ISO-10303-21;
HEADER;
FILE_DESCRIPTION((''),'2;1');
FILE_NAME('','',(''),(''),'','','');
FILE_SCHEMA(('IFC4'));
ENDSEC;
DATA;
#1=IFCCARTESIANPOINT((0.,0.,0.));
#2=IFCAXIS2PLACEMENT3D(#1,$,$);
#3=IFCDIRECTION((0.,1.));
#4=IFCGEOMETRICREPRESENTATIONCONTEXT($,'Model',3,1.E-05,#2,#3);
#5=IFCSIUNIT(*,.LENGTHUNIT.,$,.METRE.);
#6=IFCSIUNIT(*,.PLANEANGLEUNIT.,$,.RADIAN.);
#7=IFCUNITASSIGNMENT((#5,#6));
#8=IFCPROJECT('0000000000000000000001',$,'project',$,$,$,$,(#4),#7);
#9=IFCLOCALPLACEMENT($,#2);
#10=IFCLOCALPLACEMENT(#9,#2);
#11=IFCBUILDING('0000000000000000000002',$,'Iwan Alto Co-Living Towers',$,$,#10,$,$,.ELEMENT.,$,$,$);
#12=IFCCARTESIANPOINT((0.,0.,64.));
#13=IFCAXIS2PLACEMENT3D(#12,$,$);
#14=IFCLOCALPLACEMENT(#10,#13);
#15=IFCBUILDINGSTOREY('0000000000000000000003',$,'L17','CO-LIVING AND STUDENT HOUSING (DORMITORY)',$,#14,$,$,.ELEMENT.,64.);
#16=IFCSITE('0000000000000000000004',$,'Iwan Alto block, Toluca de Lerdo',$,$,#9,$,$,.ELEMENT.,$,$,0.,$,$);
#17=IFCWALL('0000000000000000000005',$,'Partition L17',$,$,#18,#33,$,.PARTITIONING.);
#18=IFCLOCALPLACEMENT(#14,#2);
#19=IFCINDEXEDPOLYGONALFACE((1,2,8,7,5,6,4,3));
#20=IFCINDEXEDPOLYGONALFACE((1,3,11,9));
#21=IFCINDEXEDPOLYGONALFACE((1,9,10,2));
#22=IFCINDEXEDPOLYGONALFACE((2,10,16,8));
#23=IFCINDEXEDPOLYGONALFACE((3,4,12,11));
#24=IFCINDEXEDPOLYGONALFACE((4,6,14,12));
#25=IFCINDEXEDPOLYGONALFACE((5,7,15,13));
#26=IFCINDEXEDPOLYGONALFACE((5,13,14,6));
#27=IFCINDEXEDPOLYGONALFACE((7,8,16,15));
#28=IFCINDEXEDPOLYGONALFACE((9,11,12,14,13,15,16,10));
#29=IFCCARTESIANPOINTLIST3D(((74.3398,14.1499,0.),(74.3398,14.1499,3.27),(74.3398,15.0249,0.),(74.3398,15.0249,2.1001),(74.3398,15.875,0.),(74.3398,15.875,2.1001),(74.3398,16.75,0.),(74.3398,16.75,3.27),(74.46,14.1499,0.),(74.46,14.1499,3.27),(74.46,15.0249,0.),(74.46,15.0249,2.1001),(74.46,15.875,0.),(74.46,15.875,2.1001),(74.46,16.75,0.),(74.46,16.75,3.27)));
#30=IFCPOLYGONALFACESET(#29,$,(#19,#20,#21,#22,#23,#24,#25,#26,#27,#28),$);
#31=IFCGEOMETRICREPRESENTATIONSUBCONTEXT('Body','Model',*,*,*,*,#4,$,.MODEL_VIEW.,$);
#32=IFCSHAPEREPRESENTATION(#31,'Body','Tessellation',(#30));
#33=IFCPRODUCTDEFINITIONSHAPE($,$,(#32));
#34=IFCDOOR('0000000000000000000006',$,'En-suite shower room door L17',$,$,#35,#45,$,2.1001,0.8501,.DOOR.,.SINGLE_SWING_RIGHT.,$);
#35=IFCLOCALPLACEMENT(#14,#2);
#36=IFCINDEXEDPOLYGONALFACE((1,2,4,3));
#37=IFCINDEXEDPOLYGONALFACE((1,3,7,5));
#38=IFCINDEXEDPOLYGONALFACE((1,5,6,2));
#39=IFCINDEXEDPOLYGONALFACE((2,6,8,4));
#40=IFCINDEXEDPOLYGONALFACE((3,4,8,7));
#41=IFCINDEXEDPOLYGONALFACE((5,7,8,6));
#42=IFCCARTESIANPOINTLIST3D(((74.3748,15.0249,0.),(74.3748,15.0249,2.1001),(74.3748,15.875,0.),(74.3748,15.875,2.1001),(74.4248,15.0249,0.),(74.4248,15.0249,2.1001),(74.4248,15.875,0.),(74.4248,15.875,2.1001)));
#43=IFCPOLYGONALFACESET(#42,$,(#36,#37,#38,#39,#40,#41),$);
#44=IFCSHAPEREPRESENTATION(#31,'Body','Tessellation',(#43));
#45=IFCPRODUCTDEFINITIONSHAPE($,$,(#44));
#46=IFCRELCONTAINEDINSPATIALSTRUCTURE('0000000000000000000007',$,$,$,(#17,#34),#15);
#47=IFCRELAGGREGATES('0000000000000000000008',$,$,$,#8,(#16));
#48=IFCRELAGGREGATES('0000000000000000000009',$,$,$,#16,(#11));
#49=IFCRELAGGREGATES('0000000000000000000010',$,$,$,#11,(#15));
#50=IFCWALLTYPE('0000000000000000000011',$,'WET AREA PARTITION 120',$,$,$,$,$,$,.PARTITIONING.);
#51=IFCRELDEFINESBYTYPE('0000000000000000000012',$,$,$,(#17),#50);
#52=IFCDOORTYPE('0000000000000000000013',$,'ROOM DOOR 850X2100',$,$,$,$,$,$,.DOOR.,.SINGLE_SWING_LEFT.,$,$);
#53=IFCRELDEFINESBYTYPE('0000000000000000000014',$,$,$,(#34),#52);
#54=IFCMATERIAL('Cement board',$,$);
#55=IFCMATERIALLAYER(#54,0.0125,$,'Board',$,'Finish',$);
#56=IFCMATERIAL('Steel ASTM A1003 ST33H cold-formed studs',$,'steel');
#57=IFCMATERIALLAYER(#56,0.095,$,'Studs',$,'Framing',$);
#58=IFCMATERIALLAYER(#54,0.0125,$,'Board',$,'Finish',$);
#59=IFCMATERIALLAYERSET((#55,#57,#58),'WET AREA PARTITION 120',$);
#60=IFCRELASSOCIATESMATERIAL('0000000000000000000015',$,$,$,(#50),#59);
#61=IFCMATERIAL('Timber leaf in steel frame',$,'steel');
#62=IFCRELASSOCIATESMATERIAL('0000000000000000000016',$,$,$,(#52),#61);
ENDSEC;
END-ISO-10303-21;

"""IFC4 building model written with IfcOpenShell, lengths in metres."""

from ifc_helpers import new_model, si_unit, direction, frame, frame_2d, origin, place, context, subcontext, project, spatial, rectangle, extrude, material, layer, layer_set, type_object, element, fill, save


model = new_model("IFC4")

# Units and contexts
model_context = context("Model", 3, precision=1e-05, world=origin(), true_north=direction((0.0, 1.0)))
body_context = subcontext(model_context, "Body", "Model", "MODEL_VIEW")
ifc_project = project(units=[si_unit("LENGTHUNIT", "METRE"), si_unit("PLANEANGLEUNIT", "RADIAN")], contexts=[model_context])

# Site, building, storey
site_placement = place(None, origin())
site = spatial("IfcSite", under=ifc_project, at=site_placement, Name="Iwan Alto block, Toluca de Lerdo", CompositionType="ELEMENT", RefElevation=0.0)
building_placement = place(site_placement, origin())
building = spatial("IfcBuilding", under=site, at=building_placement, Name="Iwan Alto Co-Living Towers", CompositionType="ELEMENT")
storey_placement = place(building_placement, frame((0.0, 0.0, 64.0)))
storey = spatial("IfcBuildingStorey", under=building, at=storey_placement, Name="L17", Description="CO-LIVING AND STUDENT HOUSING (DORMITORY)", CompositionType="ELEMENT", Elevation=64.0)

# Shared definitions
ifc_material_1 = material(Name="Cement board")
ifc_layer_1 = layer(ifc_material_1, 0.0125, Name="Board", Category="Finish")
ifc_material_2 = material(Name="Steel ASTM A1003 ST33H cold-formed studs", Category="steel")
ifc_layer_2 = layer(ifc_material_2, 0.095, Name="Studs", Category="Framing")
ifc_layer_3 = layer(ifc_material_1, 0.0125, Name="Board", Category="Finish")
ifc_layer_set_1 = layer_set([ifc_layer_1, ifc_layer_2, ifc_layer_3], Name="WET AREA PARTITION 120")
wall_type = type_object("IfcWallType", Name="WET AREA PARTITION 120", PredefinedType="PARTITIONING", material=ifc_layer_set_1)

# Wall, opening, door
wall_placement = place(storey_placement, frame((74.3999, 14.1499, 0.0), z_axis=(0.0, 0.0, 1.0), x_axis=(0.0, 1.0, 0.0)))
wall = element("IfcWall", 1, at=wall_placement, inside=storey, type_object=wall_type, Name="Partition L17", PredefinedType="PARTITIONING", context=body_context, shape_type="SweptSolid", body=[
    extrude(rectangle(XDim=2.6001, YDim=0.1201, at=frame_2d((1.3, 0.0))), origin(), (0.0, 0.0, 1.0), 3.27),
])
opening_placement = place(wall_placement, frame((0.875, 0.0, 0.0)))
opening = element("IfcOpeningElement", 2, at=opening_placement, cuts=wall, PredefinedType="OPENING", context=body_context, shape_type="SweptSolid", body=[
    extrude(rectangle(XDim=0.8501, YDim=2.1001, at=frame_2d((0.425, 1.05))), frame((0.0, 0.0701, 0.0), z_axis=(0.0, -1.0, 0.0), x_axis=(1.0, 0.0, 0.0)), (0.0, 0.0, 1.0), 0.1401),
])
ifc_material_3 = material(Name="Timber leaf in steel frame", Category="steel")
door_type = type_object("IfcDoorType", Name="ROOM DOOR 850X2100", OperationType="SINGLE_SWING_LEFT", PredefinedType="DOOR", material=ifc_material_3)
door_placement = place(opening_placement, frame((0.8501, 0.0, 0.0), z_axis=(0.0, 0.0, 1.0), x_axis=(-1.0, 0.0, 0.0)))
door = element("IfcDoor", 3, at=door_placement, inside=storey, type_object=door_type, Name="En-suite shower room door L17", OperationType="SINGLE_SWING_RIGHT", OverallHeight=2.1001, OverallWidth=0.8501, PredefinedType="DOOR", context=body_context, shape_type="SweptSolid", body=[
    extrude(rectangle(XDim=0.8501, YDim=2.1001, at=frame_2d((0.425, 1.05))), frame((0.0, 0.0249, 0.0), z_axis=(0.0, -1.0, 0.0), x_axis=(1.0, 0.0, 0.0)), (0.0, 0.0, 1.0), 0.05),
])
fill(opening, door)

save(model, "model.ifc")
